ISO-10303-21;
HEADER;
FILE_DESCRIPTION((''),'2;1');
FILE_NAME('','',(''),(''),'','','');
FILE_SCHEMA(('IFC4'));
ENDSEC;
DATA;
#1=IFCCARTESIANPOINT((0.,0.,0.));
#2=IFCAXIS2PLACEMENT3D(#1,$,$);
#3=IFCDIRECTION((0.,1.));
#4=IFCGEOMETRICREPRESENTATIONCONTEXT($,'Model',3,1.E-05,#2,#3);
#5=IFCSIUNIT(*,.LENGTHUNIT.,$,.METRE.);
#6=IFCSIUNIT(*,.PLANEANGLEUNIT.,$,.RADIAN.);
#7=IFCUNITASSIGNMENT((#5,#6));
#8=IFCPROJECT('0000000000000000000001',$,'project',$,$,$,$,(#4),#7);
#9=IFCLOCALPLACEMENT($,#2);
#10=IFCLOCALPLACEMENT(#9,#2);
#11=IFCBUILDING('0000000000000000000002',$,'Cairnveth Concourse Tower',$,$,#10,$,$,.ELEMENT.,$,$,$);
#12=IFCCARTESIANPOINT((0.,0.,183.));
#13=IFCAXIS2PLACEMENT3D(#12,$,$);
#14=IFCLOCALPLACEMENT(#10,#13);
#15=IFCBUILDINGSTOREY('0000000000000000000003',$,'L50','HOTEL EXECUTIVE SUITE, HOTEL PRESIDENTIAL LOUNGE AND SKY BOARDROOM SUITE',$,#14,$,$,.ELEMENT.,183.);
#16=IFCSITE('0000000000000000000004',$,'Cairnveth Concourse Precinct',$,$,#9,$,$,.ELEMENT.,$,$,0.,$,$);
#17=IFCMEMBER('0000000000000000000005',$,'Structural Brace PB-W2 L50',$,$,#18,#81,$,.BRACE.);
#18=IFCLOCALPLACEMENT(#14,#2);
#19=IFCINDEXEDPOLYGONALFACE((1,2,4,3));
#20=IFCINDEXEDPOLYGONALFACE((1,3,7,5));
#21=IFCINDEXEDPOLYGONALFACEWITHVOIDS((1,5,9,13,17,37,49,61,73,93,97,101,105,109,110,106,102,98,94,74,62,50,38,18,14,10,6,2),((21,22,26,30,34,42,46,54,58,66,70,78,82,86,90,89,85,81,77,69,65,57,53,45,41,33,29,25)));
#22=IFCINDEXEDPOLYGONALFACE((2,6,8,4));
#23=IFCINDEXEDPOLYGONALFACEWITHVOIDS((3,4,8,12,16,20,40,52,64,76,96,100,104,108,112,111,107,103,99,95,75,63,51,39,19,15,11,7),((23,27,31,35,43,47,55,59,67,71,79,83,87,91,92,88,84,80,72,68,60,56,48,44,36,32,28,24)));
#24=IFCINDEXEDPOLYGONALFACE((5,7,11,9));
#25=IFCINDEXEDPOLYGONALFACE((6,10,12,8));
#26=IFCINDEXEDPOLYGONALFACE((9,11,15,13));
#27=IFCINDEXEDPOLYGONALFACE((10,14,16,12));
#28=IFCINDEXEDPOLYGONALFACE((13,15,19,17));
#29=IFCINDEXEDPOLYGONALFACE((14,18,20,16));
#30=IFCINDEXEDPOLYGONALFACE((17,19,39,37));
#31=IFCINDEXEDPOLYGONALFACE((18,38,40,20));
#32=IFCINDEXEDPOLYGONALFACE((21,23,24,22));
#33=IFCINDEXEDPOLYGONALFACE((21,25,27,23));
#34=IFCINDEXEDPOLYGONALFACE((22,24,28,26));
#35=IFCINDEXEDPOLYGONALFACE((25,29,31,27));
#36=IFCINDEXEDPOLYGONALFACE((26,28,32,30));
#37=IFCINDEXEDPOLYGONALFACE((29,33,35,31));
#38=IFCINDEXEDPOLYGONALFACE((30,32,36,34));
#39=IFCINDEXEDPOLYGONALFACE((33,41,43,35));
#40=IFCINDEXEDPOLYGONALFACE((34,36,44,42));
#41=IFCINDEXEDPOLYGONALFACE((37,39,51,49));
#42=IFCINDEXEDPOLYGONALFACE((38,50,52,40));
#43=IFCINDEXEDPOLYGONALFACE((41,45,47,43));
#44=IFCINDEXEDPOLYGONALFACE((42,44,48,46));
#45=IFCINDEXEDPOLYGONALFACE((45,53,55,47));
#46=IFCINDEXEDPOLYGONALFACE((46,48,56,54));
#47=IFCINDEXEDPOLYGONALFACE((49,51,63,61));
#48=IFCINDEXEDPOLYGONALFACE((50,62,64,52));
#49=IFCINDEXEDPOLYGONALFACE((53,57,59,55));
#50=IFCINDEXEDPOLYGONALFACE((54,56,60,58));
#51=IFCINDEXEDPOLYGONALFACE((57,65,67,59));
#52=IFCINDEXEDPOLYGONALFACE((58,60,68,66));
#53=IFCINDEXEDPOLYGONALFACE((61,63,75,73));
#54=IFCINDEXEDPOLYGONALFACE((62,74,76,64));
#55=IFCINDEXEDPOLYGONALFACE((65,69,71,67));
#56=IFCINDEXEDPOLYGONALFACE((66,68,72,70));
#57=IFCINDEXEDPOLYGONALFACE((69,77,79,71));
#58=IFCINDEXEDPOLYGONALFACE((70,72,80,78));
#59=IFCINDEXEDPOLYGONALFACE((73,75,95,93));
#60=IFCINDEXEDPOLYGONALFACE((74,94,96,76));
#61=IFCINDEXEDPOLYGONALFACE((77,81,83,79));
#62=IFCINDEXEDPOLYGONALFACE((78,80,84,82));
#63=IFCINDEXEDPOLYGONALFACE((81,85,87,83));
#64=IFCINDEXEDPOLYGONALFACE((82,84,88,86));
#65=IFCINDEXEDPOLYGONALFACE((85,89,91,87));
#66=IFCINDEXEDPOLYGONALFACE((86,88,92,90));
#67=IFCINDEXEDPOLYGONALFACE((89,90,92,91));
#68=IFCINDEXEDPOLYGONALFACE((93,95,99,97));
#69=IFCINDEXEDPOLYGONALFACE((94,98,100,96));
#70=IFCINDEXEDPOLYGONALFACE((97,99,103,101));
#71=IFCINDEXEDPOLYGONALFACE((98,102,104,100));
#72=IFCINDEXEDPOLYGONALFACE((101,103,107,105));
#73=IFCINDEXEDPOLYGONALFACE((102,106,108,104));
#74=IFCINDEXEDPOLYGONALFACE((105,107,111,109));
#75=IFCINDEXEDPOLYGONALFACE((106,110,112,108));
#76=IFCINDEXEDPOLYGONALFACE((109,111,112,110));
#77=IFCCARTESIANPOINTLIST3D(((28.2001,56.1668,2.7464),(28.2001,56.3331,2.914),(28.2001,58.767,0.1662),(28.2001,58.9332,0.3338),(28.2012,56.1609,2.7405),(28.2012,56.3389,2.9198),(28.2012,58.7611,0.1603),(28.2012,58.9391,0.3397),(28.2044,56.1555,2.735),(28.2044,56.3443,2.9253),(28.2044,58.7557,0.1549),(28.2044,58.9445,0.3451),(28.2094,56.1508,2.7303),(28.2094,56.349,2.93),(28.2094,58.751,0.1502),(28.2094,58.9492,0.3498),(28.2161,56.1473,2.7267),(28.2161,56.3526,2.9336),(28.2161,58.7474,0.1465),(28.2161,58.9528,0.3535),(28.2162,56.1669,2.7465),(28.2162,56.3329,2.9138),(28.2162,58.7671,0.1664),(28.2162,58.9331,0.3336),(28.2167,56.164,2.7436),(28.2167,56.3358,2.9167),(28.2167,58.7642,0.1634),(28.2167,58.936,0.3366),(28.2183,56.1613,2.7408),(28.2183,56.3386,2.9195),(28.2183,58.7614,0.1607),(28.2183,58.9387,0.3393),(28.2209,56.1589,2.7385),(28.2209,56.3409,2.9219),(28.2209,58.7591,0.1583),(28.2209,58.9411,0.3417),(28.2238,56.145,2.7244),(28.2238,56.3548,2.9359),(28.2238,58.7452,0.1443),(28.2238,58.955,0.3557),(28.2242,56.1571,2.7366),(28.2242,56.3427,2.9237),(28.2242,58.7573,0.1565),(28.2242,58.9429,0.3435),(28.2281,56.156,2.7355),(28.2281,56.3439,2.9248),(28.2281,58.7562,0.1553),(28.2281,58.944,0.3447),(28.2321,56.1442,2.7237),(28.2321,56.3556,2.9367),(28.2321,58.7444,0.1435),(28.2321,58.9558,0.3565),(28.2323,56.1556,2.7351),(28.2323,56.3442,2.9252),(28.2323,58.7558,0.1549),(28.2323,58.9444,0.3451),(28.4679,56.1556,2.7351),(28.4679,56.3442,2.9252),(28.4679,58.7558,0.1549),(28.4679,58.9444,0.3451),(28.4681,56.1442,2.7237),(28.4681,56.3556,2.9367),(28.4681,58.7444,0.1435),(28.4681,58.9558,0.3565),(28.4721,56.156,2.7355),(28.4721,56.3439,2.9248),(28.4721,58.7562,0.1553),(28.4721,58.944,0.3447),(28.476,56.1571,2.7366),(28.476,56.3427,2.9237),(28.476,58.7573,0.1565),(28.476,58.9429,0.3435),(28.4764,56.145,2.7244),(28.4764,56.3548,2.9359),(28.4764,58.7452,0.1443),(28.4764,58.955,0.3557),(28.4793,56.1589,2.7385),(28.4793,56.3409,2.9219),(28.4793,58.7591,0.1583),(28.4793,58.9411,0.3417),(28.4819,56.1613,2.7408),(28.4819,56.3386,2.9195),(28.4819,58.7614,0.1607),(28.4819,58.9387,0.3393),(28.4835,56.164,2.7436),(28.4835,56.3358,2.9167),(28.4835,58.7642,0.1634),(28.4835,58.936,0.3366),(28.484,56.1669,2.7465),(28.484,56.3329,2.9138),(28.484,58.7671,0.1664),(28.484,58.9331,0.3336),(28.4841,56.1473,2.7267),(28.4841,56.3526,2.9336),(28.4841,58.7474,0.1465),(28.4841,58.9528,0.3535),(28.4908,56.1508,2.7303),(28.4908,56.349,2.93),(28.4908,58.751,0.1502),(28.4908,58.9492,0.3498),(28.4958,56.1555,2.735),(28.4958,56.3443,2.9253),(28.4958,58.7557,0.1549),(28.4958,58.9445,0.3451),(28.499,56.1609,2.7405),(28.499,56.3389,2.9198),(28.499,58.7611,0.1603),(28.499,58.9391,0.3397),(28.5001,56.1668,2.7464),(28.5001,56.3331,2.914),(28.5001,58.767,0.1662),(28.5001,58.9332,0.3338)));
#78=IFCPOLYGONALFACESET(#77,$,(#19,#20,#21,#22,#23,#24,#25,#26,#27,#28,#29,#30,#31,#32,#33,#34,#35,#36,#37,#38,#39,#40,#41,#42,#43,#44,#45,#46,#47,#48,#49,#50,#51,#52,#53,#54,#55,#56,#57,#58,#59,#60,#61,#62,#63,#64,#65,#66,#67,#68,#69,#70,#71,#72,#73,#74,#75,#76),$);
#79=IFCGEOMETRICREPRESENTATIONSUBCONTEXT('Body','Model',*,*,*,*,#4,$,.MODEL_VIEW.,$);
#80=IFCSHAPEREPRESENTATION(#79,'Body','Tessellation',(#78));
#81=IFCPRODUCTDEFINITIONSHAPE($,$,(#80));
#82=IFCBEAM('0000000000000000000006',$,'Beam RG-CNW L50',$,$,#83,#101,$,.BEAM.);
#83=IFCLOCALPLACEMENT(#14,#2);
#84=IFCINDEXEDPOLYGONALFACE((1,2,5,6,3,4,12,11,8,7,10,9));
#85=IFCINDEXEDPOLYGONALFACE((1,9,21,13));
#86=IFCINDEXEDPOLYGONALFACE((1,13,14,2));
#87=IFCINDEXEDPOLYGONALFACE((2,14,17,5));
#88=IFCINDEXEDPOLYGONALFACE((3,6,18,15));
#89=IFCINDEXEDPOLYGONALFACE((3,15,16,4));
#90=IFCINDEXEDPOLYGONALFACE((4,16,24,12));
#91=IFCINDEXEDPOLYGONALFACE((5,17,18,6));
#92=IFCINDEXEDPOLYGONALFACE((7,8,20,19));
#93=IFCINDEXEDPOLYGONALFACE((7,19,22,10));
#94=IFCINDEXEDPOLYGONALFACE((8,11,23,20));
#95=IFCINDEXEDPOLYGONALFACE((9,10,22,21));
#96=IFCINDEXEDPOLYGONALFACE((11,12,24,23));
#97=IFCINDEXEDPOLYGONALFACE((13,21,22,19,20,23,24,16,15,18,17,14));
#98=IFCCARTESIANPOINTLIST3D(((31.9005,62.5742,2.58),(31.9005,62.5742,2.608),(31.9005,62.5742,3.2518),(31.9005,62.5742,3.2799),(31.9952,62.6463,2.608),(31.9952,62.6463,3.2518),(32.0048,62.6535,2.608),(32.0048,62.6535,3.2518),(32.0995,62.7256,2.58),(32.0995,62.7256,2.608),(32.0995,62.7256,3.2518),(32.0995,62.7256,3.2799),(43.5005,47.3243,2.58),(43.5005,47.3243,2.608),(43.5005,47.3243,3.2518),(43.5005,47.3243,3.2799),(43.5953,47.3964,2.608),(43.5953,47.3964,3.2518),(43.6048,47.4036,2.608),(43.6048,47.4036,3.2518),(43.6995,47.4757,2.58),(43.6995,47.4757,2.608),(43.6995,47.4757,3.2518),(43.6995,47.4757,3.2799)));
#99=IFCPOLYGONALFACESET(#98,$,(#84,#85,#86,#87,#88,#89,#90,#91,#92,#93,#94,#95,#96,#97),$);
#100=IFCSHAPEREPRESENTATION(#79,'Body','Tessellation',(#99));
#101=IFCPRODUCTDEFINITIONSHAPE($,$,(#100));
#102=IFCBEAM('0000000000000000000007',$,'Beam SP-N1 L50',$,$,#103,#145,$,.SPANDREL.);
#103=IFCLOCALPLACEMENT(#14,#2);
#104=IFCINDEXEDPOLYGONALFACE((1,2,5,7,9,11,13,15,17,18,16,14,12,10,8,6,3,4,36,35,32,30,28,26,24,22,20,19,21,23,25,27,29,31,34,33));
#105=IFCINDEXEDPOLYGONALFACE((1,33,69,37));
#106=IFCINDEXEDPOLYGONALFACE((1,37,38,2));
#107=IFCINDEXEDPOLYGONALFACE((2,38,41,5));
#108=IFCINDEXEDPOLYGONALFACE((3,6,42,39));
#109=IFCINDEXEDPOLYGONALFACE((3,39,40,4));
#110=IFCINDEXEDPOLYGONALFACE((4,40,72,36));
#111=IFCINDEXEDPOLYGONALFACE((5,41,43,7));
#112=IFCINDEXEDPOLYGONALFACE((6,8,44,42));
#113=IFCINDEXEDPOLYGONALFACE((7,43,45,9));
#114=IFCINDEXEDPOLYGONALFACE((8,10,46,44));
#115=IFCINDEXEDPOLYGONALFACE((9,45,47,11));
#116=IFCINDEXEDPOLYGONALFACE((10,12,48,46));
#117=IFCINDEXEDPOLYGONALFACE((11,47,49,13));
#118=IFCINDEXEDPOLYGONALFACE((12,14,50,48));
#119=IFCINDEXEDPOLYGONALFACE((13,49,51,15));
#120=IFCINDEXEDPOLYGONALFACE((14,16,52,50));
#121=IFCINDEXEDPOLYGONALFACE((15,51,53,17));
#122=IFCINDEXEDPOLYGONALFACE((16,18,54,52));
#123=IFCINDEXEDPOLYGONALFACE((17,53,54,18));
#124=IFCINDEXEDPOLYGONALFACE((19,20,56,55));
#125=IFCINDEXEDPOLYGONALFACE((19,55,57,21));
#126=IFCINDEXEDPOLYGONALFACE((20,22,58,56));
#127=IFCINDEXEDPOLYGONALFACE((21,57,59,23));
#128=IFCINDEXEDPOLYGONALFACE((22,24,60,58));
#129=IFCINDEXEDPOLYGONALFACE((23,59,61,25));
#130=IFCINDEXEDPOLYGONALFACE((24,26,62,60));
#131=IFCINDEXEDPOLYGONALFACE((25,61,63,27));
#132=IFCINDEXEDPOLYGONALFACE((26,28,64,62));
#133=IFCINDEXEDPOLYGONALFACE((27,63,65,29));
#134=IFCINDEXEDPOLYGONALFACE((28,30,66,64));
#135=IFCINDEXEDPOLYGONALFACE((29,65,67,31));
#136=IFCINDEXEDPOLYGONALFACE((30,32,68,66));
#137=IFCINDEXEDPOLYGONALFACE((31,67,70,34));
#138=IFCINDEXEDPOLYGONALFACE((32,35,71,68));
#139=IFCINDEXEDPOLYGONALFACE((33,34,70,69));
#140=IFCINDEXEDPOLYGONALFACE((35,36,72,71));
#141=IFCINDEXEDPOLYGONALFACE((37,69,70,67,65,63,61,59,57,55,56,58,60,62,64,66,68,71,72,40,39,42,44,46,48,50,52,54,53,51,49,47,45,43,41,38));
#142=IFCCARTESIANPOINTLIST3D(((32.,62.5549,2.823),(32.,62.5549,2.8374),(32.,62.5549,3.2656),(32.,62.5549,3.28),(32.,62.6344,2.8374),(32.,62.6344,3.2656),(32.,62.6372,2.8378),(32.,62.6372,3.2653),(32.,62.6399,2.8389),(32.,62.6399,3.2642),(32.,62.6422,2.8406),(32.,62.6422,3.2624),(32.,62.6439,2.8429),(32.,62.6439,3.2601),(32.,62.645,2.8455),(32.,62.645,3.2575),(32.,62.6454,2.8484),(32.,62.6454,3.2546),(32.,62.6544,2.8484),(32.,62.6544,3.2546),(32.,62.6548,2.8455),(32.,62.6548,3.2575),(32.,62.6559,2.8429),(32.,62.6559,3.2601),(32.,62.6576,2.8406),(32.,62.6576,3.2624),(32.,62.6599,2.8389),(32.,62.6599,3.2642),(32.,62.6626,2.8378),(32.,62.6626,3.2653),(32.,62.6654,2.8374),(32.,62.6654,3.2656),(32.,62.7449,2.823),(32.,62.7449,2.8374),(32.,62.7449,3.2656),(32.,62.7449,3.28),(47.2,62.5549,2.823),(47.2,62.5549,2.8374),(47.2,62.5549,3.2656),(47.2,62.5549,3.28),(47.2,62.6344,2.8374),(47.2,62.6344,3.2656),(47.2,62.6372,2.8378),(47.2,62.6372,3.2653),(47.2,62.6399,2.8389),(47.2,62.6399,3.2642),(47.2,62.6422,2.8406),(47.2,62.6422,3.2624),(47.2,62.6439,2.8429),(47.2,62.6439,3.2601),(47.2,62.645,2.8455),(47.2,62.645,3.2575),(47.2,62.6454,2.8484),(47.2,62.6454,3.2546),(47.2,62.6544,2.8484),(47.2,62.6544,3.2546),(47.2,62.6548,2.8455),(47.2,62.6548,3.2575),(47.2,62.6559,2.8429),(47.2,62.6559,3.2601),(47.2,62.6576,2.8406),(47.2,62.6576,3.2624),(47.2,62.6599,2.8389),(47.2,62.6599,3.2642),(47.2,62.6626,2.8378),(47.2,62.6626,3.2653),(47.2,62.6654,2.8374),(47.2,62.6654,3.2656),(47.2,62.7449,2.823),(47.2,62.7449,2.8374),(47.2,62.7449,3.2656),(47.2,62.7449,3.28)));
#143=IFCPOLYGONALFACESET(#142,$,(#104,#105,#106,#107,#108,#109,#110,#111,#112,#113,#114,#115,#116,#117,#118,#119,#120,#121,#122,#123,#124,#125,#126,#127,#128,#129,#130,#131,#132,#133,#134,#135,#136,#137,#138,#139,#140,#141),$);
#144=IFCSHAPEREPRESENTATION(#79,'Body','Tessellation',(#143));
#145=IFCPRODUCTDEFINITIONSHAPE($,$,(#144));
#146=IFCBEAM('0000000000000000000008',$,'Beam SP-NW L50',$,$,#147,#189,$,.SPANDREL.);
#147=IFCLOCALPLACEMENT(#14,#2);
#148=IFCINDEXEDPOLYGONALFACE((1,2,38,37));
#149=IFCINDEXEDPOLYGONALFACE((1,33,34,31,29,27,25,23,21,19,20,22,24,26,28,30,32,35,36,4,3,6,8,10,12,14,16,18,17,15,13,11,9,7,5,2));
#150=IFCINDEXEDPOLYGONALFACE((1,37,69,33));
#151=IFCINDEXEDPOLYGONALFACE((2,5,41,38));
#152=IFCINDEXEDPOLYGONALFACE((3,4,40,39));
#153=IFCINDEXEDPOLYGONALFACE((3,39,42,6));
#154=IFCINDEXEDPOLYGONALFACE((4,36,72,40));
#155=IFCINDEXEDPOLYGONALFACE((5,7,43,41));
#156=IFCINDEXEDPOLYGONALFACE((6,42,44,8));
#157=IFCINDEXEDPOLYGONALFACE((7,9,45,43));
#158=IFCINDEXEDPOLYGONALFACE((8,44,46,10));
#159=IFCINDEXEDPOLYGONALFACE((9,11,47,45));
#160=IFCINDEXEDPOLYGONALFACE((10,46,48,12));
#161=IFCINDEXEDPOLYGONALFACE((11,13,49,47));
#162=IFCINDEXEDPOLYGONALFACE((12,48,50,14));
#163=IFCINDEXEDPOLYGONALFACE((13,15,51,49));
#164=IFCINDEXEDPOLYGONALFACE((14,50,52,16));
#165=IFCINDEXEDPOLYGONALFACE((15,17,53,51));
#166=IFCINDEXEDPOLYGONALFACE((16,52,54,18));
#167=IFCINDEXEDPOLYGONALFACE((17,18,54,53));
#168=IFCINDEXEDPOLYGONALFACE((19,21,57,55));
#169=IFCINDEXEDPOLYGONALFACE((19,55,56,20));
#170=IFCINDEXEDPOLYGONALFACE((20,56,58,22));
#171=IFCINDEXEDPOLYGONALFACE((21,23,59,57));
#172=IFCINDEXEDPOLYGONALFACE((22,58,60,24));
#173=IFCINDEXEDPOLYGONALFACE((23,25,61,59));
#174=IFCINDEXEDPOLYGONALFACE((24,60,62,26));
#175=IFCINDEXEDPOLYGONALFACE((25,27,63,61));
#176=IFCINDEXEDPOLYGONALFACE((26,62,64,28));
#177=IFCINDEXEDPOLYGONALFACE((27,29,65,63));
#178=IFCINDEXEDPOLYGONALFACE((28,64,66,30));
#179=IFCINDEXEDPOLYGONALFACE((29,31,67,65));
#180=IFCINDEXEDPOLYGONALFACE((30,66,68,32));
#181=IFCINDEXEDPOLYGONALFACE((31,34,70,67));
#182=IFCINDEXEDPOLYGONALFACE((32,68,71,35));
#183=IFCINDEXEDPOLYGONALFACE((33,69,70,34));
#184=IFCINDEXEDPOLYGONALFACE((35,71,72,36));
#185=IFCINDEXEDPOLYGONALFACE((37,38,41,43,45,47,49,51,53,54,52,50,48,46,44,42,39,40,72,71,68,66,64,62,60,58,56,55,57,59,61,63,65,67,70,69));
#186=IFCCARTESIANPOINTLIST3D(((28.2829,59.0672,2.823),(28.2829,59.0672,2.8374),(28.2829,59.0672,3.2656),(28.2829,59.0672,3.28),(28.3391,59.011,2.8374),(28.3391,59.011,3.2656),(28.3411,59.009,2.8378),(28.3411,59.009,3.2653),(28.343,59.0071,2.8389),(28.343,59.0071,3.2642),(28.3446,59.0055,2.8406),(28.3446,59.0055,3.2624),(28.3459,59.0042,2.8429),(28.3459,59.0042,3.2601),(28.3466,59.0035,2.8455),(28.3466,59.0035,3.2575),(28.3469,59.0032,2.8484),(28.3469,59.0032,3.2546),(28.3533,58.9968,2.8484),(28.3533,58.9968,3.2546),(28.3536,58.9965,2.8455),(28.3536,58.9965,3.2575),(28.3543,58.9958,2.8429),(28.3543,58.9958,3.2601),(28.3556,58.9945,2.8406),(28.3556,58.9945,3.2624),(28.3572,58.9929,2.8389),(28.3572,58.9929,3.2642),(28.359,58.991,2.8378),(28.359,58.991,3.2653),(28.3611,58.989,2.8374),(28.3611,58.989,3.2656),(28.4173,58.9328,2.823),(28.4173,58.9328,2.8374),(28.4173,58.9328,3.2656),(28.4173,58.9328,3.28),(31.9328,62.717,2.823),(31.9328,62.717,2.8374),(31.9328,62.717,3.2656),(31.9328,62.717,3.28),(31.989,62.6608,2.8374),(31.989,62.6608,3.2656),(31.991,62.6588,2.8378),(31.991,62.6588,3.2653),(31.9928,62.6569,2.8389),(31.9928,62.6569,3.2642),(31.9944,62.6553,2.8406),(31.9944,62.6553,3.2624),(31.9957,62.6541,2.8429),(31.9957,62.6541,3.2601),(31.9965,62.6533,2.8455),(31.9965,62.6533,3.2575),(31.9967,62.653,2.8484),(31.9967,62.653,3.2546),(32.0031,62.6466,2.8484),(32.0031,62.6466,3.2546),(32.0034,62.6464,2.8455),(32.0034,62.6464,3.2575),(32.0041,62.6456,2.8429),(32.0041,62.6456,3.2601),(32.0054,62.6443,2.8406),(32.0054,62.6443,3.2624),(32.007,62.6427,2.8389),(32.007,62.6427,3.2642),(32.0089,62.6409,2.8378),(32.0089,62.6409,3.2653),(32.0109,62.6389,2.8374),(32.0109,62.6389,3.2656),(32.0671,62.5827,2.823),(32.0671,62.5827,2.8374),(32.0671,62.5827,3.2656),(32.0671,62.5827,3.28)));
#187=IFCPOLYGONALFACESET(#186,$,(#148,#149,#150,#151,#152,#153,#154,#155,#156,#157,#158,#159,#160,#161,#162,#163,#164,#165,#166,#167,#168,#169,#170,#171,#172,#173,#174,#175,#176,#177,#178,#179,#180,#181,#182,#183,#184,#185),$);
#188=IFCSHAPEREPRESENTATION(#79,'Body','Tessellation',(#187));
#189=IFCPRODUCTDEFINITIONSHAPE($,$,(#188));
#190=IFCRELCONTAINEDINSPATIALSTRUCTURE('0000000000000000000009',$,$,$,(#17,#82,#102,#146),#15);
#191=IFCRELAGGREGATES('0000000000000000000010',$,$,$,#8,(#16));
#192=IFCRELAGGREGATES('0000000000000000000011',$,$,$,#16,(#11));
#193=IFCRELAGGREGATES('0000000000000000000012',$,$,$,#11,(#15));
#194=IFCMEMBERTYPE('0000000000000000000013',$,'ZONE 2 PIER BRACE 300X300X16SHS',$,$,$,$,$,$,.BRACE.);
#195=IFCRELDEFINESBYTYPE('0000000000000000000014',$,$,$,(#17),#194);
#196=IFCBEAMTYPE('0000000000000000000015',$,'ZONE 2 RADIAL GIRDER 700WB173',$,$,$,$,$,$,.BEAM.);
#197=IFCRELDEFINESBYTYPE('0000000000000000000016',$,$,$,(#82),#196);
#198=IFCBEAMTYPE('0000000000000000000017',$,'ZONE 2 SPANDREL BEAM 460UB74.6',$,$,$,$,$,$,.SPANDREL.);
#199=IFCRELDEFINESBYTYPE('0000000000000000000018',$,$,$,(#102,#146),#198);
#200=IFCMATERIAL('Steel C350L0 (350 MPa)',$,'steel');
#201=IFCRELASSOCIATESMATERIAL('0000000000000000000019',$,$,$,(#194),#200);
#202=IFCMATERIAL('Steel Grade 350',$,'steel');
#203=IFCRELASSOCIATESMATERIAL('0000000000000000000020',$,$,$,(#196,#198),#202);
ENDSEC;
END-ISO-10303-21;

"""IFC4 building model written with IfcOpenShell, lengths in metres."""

from ifc_helpers import new_model, si_unit, direction, frame, origin, origin_2d, place, context, subcontext, project, spatial, hollow_rectangle, i_section, extrude, material, material_profile, profile_set, type_object, element, save


model = new_model("IFC4")

# Units and contexts
model_context = context("Model", 3, precision=1e-05, world=origin(), true_north=direction((0.0, 1.0)))
body_context = subcontext(model_context, "Body", "Model", "MODEL_VIEW")
ifc_project = project(units=[si_unit("LENGTHUNIT", "METRE"), si_unit("PLANEANGLEUNIT", "RADIAN")], contexts=[model_context])

# Site, building, storey
site_placement = place(None, origin())
site = spatial("IfcSite", under=ifc_project, at=site_placement, Name="Cairnveth Concourse Precinct", CompositionType="ELEMENT", RefElevation=0.0)
building_placement = place(site_placement, origin())
building = spatial("IfcBuilding", under=site, at=building_placement, Name="Cairnveth Concourse Tower", CompositionType="ELEMENT")
storey_placement = place(building_placement, frame((0.0, 0.0, 183.0)))
storey = spatial("IfcBuildingStorey", under=building, at=storey_placement, Name="L50", Description="HOTEL EXECUTIVE SUITE, HOTEL PRESIDENTIAL LOUNGE AND SKY BOARDROOM SUITE", CompositionType="ELEMENT", Elevation=183.0)

# Shared definitions
ifc_material_1 = material(Name="Steel Grade 350", Category="steel")

# Member
ifc_material_2 = material(Name="Steel C350L0 (350 MPa)", Category="steel")
ifc_material_profile_1 = material_profile(ifc_material_2, hollow_rectangle(XDim=0.3, YDim=0.3, WallThickness=0.0161, InnerFilletRadius=0.0161, OuterFilletRadius=0.032, at=origin_2d()), Name="300x300x16.0SHS")
ifc_profile_set_1 = profile_set([ifc_material_profile_1], Name="Steel C350L0 (350 MPa)")
member_type = type_object("IfcMemberType", Name="ZONE 2 PIER BRACE 300X300X16SHS", PredefinedType="BRACE", material=ifc_profile_set_1)
for number, where, z_axis, x_axis, name in (
    (1, (28.3501, 58.8501, 0.25), (0.0, -0.709834, 0.704369), (1.0, 0.0, 0.0), "Structural Brace PB-W2 L50"),
):
    element("IfcMember", number, at=place(storey_placement, frame(where, z_axis=z_axis, x_axis=x_axis)), inside=storey, type_object=member_type, Name=name, PredefinedType="BRACE", context=body_context, shape_type="SweptSolid", body=[
        extrude(hollow_rectangle(XDim=0.3, YDim=0.3, WallThickness=0.0161, InnerFilletRadius=0.0161, OuterFilletRadius=0.032, at=origin_2d()), origin(), (0.0, 0.0, 1.0), 3.6631),
    ])

# Beams
ifc_material_profile_2 = material_profile(ifc_material_1, i_section(OverallWidth=0.25, OverallDepth=0.7, WebThickness=0.012, FlangeThickness=0.0281, at=origin_2d()), Name="700WB173")
ifc_profile_set_2 = profile_set([ifc_material_profile_2], Name="Steel Grade 350")
beam_type_1 = type_object("IfcBeamType", Name="ZONE 2 RADIAL GIRDER 700WB173", PredefinedType="BEAM", material=ifc_profile_set_2)
beam_1_placement = place(storey_placement, frame((32.0, 62.6499, 2.9299), z_axis=(0.605417, -0.795908, 0.0), x_axis=(0.795908, 0.605417, 0.0)))
element("IfcBeam", 2, at=beam_1_placement, inside=storey, type_object=beam_type_1, Name="Beam RG-CNW L50", PredefinedType="BEAM", context=body_context, shape_type="SweptSolid", body=[
    extrude(i_section(OverallWidth=0.25, OverallDepth=0.7, WebThickness=0.012, FlangeThickness=0.0281, at=origin_2d()), origin(), (0.0, 0.0, 1.0), 19.1604),
])
ifc_material_profile_3 = material_profile(ifc_material_1, i_section(OverallWidth=0.1899, OverallDepth=0.457, WebThickness=0.009, FlangeThickness=0.0144, FilletRadius=0.011, at=origin_2d()), Name="460UB74.6")
ifc_profile_set_3 = profile_set([ifc_material_profile_3], Name="Steel Grade 350")
beam_type_2 = type_object("IfcBeamType", Name="ZONE 2 SPANDREL BEAM 460UB74.6", PredefinedType="SPANDREL", material=ifc_profile_set_3)
beam_2_placement = place(storey_placement, frame((32.0, 62.6499, 3.0515), z_axis=(1.0, 0.0, 0.0), x_axis=(0.0, 1.0, 0.0)))
element("IfcBeam", 3, at=beam_2_placement, inside=storey, type_object=beam_type_2, Name="Beam SP-N1 L50", PredefinedType="SPANDREL", context=body_context, shape_type="SweptSolid", body=[
    extrude(i_section(OverallWidth=0.1899, OverallDepth=0.457, WebThickness=0.009, FlangeThickness=0.0144, FilletRadius=0.011, at=origin_2d()), origin(), (0.0, 0.0, 1.0), 15.2),
])
beam_3_placement = place(storey_placement, frame((28.3501, 59.0, 3.0515), z_axis=(0.707107, 0.707107, 0.0), x_axis=(-0.707107, 0.707107, 0.0)))
element("IfcBeam", 4, at=beam_3_placement, inside=storey, type_object=beam_type_2, Name="Beam SP-NW L50", PredefinedType="SPANDREL", context=body_context, shape_type="SweptSolid", body=[
    extrude(i_section(OverallWidth=0.1899, OverallDepth=0.457, WebThickness=0.009, FlangeThickness=0.0144, FilletRadius=0.011, at=origin_2d()), origin(), (0.0, 0.0, 1.0), 5.1616),
])

save(model, "model.ifc")
